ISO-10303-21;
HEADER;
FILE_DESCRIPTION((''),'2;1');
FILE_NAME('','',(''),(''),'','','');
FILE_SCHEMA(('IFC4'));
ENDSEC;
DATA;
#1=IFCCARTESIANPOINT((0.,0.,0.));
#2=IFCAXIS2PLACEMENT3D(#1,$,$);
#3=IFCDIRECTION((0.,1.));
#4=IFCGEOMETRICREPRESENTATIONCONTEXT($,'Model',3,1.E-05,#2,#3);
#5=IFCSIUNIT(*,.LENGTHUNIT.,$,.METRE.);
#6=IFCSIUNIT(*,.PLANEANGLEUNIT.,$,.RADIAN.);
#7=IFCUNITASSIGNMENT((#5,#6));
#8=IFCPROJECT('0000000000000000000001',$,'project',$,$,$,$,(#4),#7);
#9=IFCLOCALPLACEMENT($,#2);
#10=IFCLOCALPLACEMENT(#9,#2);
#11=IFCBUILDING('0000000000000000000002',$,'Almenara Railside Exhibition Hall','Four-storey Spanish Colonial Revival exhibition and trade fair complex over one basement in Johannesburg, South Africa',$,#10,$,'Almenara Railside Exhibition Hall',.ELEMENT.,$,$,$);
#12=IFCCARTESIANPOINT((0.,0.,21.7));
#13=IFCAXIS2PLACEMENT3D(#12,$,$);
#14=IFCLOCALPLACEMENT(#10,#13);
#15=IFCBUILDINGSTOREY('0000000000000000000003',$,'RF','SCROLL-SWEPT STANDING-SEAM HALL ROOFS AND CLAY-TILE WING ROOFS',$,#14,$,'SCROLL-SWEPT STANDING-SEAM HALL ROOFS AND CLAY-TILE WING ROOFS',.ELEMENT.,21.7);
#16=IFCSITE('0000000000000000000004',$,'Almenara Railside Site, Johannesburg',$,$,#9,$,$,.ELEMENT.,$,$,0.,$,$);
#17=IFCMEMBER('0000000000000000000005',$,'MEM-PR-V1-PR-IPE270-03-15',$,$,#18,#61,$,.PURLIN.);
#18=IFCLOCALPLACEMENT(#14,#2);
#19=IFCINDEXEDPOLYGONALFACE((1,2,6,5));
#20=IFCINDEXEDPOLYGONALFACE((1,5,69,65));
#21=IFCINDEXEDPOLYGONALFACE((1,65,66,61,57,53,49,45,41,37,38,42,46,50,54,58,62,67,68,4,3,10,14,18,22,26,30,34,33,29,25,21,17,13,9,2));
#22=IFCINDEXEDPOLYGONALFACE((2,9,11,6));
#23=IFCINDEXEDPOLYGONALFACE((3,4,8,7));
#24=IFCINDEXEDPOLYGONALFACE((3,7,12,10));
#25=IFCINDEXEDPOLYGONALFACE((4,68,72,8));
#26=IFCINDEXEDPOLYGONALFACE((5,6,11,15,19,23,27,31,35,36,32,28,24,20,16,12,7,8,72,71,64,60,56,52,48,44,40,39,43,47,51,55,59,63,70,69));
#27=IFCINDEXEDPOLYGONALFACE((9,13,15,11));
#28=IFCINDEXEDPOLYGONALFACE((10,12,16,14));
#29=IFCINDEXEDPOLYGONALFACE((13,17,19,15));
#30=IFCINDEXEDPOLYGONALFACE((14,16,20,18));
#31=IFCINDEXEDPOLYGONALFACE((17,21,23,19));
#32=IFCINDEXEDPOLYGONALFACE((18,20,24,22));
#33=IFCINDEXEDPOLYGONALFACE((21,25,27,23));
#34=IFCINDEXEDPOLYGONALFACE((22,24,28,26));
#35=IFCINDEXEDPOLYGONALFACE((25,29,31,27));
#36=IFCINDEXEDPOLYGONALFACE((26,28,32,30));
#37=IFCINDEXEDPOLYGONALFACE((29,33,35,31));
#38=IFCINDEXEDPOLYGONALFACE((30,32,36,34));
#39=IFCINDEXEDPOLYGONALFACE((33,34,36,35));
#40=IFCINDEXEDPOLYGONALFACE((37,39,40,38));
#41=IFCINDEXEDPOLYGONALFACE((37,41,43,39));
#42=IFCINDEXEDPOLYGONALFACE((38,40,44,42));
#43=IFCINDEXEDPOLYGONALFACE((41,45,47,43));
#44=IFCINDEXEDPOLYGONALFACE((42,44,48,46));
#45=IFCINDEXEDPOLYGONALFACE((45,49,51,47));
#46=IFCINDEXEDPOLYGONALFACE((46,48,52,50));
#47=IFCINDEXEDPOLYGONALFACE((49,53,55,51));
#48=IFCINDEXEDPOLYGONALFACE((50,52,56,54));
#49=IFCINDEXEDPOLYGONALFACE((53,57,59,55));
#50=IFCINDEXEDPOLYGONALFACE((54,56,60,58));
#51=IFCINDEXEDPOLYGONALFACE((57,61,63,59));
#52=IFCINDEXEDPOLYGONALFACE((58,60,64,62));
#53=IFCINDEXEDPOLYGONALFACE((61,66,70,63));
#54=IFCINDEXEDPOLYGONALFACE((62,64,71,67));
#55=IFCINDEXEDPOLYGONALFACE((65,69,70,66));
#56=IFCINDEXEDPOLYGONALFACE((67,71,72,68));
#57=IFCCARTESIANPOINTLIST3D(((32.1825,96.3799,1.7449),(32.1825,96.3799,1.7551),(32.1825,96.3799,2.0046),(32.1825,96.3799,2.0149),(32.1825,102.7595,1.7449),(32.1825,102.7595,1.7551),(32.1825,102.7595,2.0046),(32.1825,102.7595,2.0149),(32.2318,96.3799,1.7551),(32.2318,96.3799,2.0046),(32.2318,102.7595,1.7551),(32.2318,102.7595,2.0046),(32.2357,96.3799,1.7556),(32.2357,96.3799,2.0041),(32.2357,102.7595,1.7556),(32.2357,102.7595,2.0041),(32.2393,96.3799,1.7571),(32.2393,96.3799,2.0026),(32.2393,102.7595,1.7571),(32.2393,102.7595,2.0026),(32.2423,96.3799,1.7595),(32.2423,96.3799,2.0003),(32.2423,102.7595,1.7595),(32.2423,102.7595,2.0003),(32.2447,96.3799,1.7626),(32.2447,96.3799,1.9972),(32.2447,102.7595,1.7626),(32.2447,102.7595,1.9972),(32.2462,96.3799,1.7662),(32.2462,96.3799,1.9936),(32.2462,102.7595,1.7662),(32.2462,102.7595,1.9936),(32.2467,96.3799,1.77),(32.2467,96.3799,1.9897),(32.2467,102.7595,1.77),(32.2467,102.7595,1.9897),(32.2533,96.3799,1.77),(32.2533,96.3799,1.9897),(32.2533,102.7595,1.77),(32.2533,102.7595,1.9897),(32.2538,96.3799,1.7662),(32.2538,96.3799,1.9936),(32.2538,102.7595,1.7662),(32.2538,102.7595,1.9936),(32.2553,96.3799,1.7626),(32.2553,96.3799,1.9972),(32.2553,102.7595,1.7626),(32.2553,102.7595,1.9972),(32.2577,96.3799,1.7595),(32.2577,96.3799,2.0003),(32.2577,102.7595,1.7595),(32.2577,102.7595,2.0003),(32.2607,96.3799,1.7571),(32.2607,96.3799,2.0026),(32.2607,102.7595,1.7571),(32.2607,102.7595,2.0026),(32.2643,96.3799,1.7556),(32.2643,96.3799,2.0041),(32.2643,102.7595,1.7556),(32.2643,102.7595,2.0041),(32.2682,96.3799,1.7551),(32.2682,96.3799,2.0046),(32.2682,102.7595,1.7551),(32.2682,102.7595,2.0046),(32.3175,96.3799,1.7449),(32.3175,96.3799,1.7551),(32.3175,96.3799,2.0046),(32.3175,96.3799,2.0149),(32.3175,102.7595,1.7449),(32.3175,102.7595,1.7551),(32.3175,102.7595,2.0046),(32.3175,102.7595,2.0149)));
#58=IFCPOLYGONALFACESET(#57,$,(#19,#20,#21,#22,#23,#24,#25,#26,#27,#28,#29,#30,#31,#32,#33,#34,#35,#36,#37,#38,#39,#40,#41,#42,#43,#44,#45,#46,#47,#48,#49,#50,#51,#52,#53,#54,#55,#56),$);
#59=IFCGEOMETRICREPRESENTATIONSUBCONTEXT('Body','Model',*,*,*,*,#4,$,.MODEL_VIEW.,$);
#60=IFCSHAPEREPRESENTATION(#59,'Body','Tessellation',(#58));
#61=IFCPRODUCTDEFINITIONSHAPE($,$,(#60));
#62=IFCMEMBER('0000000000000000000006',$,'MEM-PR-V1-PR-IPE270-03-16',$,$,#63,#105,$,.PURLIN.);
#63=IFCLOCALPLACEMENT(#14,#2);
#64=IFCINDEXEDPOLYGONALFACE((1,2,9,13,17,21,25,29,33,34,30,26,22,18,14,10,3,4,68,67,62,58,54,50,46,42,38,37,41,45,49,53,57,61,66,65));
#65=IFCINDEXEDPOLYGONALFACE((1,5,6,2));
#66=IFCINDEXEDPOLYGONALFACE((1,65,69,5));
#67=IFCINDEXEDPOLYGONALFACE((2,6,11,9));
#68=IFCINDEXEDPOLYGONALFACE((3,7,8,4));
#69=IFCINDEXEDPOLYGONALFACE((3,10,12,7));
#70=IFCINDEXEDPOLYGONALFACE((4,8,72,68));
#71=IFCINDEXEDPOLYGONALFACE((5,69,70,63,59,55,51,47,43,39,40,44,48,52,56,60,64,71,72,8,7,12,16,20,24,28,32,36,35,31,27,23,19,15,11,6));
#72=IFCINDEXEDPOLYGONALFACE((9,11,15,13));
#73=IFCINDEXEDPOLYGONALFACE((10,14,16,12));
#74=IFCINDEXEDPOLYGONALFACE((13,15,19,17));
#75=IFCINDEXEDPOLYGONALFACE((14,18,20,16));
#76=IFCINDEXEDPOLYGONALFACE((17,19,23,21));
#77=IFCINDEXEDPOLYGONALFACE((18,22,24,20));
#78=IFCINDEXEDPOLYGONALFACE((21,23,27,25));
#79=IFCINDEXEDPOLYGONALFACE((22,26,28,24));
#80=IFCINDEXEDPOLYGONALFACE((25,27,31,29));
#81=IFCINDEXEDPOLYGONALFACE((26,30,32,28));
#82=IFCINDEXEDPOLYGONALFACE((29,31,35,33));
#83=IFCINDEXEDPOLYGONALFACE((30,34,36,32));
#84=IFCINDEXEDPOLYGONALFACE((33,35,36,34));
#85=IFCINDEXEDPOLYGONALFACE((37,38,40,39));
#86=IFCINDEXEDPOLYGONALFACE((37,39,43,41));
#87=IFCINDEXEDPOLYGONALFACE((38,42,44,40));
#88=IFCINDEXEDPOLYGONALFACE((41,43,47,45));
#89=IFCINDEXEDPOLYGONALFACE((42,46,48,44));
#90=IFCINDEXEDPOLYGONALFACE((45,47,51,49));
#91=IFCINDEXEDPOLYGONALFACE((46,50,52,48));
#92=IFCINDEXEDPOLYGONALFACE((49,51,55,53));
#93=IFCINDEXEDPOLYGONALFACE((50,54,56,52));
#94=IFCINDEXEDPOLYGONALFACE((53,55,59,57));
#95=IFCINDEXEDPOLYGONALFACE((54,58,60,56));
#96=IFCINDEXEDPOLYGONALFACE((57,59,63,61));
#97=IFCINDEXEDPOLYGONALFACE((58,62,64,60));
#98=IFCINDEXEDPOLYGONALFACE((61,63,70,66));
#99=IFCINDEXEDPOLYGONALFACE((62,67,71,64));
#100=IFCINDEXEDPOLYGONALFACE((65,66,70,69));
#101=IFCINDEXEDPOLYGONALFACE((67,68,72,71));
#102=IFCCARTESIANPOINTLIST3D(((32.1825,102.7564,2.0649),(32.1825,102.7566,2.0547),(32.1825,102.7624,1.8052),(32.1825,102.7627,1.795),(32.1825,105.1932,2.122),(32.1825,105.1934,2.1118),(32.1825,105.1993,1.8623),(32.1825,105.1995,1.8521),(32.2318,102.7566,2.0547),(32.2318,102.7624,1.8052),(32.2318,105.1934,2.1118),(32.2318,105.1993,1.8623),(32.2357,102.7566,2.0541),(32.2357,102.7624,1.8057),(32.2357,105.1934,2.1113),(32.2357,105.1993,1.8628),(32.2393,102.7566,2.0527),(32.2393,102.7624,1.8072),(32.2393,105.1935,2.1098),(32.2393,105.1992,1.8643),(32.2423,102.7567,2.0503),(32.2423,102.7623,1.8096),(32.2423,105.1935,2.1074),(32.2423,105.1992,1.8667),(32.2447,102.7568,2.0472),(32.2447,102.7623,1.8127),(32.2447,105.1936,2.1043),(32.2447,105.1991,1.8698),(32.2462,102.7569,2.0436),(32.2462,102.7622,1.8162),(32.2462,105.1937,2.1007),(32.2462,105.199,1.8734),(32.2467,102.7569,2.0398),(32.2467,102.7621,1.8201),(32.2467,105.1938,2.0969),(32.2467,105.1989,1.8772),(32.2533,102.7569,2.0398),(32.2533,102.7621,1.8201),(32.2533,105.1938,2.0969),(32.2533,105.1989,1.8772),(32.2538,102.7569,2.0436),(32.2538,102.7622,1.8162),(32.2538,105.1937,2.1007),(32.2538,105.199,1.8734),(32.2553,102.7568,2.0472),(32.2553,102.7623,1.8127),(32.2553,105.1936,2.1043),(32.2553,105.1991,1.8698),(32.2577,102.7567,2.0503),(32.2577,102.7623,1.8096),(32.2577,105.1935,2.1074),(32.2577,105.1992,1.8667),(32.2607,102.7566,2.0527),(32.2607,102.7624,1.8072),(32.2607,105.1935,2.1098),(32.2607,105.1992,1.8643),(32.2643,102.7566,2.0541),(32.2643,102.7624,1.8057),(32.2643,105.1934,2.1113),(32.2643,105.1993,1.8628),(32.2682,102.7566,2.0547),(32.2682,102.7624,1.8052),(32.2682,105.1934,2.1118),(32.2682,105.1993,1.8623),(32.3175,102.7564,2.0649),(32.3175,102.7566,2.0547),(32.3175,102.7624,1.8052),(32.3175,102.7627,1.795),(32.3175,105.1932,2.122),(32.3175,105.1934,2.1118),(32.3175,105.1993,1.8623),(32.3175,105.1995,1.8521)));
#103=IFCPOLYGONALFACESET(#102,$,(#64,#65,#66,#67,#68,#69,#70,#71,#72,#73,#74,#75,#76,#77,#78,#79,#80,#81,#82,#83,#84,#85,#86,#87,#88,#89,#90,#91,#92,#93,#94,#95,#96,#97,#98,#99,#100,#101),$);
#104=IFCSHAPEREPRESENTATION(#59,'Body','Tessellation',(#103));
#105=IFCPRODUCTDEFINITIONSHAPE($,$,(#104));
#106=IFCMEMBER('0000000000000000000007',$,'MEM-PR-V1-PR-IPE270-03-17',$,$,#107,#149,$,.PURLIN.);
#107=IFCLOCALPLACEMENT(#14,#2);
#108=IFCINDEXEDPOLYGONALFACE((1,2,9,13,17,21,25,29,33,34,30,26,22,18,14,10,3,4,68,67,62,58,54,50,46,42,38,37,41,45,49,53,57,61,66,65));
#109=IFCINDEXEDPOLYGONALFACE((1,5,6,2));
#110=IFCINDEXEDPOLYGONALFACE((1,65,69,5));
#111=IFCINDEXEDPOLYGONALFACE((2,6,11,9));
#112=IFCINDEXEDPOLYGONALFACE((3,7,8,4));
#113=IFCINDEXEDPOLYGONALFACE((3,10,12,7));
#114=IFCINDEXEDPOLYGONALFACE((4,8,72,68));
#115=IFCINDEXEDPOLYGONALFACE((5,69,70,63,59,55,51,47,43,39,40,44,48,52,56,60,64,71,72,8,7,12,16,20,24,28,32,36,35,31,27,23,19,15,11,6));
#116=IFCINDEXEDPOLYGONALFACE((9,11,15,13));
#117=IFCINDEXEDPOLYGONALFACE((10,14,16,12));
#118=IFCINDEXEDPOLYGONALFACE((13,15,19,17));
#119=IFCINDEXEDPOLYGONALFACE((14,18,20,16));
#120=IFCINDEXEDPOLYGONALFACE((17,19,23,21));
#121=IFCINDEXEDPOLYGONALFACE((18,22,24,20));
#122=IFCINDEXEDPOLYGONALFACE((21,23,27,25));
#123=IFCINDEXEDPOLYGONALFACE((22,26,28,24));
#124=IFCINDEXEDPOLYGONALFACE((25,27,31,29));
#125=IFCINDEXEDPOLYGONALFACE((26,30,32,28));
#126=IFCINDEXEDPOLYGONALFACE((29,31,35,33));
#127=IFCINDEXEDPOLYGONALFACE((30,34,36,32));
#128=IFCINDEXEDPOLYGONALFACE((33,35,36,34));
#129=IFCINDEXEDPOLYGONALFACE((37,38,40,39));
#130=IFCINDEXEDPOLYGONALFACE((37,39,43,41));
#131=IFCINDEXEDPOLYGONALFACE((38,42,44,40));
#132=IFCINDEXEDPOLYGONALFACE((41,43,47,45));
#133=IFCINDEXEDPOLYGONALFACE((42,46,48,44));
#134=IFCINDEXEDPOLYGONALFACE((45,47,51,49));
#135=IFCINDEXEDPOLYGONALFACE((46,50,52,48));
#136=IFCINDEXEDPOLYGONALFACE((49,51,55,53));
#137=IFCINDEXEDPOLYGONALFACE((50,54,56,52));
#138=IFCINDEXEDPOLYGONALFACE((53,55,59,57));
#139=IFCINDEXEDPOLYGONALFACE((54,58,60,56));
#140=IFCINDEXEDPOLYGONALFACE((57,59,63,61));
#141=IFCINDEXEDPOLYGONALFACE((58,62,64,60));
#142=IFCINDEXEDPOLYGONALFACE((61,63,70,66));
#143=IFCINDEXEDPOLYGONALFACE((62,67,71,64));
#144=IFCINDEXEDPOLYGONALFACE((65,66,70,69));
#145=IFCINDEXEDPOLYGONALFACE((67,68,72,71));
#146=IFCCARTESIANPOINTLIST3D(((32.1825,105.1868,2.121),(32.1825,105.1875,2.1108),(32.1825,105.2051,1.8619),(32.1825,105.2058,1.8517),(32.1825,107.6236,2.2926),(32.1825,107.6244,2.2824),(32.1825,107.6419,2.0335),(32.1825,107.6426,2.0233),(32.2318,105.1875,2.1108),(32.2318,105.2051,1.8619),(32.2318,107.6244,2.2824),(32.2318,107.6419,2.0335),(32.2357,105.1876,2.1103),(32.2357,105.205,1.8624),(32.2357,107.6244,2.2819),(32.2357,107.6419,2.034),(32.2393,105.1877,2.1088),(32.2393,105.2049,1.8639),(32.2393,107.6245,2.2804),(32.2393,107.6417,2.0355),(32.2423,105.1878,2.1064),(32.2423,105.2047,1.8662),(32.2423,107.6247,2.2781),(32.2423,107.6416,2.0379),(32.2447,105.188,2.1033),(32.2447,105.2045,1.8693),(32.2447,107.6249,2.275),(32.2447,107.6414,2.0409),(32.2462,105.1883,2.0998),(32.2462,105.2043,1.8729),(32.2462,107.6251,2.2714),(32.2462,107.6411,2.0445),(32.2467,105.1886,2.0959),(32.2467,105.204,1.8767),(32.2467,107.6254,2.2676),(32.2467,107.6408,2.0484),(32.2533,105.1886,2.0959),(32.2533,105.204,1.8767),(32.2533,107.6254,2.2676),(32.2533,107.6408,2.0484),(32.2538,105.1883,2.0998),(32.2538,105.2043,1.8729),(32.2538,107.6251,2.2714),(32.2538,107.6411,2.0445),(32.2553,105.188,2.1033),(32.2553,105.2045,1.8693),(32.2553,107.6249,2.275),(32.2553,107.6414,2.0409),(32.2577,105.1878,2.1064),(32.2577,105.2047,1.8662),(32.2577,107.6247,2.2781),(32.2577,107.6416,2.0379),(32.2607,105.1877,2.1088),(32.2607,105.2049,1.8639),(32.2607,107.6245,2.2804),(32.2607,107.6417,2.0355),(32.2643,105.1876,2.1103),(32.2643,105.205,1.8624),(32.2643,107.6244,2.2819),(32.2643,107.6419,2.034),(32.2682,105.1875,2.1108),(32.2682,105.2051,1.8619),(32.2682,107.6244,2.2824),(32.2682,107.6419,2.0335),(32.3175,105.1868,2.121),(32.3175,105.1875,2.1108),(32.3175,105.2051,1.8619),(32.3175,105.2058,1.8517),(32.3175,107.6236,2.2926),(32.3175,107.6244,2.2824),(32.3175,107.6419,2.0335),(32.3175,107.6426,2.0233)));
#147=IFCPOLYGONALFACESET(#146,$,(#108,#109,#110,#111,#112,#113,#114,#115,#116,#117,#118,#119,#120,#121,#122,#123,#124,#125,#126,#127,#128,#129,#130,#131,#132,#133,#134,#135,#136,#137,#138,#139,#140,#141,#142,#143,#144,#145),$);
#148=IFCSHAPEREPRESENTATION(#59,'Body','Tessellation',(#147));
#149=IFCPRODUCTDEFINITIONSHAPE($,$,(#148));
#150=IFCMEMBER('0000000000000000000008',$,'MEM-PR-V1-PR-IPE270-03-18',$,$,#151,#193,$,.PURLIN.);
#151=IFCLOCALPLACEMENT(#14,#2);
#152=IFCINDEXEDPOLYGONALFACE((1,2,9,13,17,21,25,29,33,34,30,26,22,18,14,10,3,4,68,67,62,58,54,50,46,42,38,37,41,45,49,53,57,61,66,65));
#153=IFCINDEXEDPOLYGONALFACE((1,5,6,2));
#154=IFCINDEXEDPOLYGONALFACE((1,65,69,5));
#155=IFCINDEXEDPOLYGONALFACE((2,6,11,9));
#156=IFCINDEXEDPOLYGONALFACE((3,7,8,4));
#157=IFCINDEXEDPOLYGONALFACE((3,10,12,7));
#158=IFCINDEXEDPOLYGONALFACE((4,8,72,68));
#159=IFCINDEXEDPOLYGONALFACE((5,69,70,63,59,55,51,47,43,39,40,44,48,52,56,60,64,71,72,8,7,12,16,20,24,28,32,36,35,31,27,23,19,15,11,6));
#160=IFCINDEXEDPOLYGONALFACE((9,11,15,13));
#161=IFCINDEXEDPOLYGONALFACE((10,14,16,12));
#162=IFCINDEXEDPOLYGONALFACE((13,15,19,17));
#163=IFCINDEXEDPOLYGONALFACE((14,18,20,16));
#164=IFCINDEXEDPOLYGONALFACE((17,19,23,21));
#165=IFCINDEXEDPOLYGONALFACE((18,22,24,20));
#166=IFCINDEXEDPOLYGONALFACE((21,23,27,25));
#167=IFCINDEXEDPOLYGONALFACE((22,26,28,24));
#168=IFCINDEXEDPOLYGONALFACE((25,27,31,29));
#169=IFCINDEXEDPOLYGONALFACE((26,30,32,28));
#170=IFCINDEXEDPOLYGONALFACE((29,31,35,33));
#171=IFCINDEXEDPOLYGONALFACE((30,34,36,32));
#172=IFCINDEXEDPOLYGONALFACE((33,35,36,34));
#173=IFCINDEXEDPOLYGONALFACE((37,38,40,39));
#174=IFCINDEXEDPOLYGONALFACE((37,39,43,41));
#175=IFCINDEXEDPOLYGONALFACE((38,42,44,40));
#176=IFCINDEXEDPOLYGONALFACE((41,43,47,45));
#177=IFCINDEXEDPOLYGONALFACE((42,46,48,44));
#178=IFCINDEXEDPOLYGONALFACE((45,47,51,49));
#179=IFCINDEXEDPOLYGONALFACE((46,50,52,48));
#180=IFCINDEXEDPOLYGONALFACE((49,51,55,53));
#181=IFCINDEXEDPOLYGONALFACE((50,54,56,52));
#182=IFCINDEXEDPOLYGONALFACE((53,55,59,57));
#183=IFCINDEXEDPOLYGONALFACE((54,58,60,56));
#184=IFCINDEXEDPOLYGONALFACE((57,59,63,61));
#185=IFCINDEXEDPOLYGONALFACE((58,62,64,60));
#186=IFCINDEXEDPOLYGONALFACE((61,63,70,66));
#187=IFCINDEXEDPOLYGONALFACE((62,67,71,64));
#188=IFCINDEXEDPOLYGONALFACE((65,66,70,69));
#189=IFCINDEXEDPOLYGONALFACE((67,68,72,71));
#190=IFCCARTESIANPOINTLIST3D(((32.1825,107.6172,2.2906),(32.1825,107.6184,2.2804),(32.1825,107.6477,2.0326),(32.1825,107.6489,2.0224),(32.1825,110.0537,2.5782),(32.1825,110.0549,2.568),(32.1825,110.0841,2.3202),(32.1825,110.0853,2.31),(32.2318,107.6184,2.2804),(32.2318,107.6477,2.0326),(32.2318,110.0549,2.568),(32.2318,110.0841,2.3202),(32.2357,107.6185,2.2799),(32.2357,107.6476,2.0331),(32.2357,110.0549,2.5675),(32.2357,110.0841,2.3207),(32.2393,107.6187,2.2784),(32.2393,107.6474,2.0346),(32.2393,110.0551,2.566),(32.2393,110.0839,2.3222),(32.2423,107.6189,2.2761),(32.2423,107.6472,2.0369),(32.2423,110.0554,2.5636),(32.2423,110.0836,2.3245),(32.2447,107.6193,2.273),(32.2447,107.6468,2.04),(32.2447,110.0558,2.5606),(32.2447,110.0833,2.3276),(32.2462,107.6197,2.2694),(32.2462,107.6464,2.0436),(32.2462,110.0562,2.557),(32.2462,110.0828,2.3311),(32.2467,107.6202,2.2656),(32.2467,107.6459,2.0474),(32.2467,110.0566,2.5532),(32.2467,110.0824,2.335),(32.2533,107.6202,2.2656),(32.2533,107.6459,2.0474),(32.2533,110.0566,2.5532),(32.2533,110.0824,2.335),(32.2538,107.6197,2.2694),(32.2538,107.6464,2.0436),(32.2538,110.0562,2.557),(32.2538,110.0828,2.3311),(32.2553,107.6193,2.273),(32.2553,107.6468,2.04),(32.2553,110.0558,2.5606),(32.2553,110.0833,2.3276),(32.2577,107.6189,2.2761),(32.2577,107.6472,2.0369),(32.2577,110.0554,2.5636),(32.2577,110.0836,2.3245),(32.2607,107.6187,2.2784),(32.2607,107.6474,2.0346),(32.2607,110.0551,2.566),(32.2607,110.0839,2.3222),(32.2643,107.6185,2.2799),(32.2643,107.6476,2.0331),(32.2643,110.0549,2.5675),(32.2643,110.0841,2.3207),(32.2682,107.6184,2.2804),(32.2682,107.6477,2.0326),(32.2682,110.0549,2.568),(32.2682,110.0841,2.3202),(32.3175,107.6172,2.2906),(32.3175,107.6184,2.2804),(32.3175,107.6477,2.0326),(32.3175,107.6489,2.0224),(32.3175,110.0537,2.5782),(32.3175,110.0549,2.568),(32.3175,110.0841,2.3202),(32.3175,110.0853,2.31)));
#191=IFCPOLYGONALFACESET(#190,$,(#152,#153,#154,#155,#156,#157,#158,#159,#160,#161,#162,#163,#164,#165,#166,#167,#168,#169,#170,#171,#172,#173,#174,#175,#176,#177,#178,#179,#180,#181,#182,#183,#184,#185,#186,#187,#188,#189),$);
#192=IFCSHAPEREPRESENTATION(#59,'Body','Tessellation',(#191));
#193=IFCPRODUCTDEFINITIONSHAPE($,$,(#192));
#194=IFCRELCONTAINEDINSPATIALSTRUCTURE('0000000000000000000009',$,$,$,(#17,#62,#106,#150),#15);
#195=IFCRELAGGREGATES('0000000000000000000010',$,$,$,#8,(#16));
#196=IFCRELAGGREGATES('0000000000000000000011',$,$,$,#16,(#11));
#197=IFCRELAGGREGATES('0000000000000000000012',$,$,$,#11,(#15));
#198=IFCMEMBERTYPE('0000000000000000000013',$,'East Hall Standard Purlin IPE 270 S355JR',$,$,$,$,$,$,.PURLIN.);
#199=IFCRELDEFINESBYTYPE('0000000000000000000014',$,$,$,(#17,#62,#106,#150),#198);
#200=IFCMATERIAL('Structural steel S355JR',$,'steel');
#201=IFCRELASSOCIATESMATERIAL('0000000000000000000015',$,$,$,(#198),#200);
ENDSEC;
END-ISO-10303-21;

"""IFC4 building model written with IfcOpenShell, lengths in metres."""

from ifc_helpers import new_model, si_unit, direction, frame, origin, origin_2d, place, context, subcontext, project, spatial, i_section, extrude, material, material_profile, profile_set, type_object, element, save


model = new_model("IFC4")

# Units and contexts
model_context = context("Model", 3, precision=1e-05, world=origin(), true_north=direction((0.0, 1.0)))
body_context = subcontext(model_context, "Body", "Model", "MODEL_VIEW")
ifc_project = project(units=[si_unit("LENGTHUNIT", "METRE"), si_unit("PLANEANGLEUNIT", "RADIAN")], contexts=[model_context])

# Site, building, storey
site_placement = place(None, origin())
site = spatial("IfcSite", under=ifc_project, at=site_placement, Name="Almenara Railside Site, Johannesburg", CompositionType="ELEMENT", RefElevation=0.0)
building_placement = place(site_placement, origin())
building = spatial("IfcBuilding", under=site, at=building_placement, Name="Almenara Railside Exhibition Hall", Description="Four-storey Spanish Colonial Revival exhibition and trade fair complex over one basement in Johannesburg, South Africa", LongName="Almenara Railside Exhibition Hall", CompositionType="ELEMENT")
storey_placement = place(building_placement, frame((0.0, 0.0, 21.7)))
storey = spatial("IfcBuildingStorey", under=building, at=storey_placement, Name="RF", Description="SCROLL-SWEPT STANDING-SEAM HALL ROOFS AND CLAY-TILE WING ROOFS", LongName="SCROLL-SWEPT STANDING-SEAM HALL ROOFS AND CLAY-TILE WING ROOFS", CompositionType="ELEMENT", Elevation=21.7)

# Members
ifc_material_1 = material(Name="Structural steel S355JR", Category="steel")
ifc_material_profile_1 = material_profile(ifc_material_1, i_section(OverallWidth=0.135, OverallDepth=0.27, WebThickness=0.0066, FlangeThickness=0.0103, FilletRadius=0.0149, at=origin_2d()), Name="IPE 270")
ifc_profile_set_1 = profile_set([ifc_material_profile_1], Name="Structural steel S355JR")
member_type_1 = type_object("IfcMemberType", Name="East Hall Standard Purlin IPE 270 S355JR", PredefinedType="PURLIN", material=ifc_profile_set_1)
member_1_placement = place(storey_placement, frame((32.25, 96.3799, 1.8799), z_axis=(0.0, 1.0, 0.0), x_axis=(-1.0, 0.0, 0.0)))
element("IfcMember", 1, at=member_1_placement, inside=storey, type_object=member_type_1, Name="MEM-PR-V1-PR-IPE270-03-15", PredefinedType="PURLIN", context=body_context, shape_type="SweptSolid", body=[
    extrude(i_section(OverallWidth=0.135, OverallDepth=0.27, WebThickness=0.0066, FlangeThickness=0.0103, FilletRadius=0.0149, at=origin_2d()), origin(), (0.0, 0.0, 1.0), 6.3796),
])
member_2_placement = place(storey_placement, frame((32.25, 102.7595, 1.9299), z_axis=(0.0, 0.999725, 0.023438), x_axis=(-1.0, 0.0, 0.0)))
element("IfcMember", 2, at=member_2_placement, inside=storey, type_object=member_type_1, Name="MEM-PR-V1-PR-IPE270-03-16", PredefinedType="PURLIN", context=body_context, shape_type="SweptSolid", body=[
    extrude(i_section(OverallWidth=0.135, OverallDepth=0.27, WebThickness=0.0066, FlangeThickness=0.0103, FilletRadius=0.0149, at=origin_2d()), origin(), (0.0, 0.0, 1.0), 2.4375),
])
member_3_placement = place(storey_placement, frame((32.25, 105.1963, 1.9863), z_axis=(0.0, 0.997529, 0.07026), x_axis=(-1.0, 0.0, 0.0)))
element("IfcMember", 3, at=member_3_placement, inside=storey, type_object=member_type_1, Name="MEM-PR-V1-PR-IPE270-03-17", PredefinedType="PURLIN", context=body_context, shape_type="SweptSolid", body=[
    extrude(i_section(OverallWidth=0.135, OverallDepth=0.27, WebThickness=0.0066, FlangeThickness=0.0103, FilletRadius=0.0149, at=origin_2d()), origin(), (0.0, 0.0, 1.0), 2.4429),
])
member_4_placement = place(storey_placement, frame((32.25, 107.6331, 2.1565), z_axis=(0.0, 0.993106, 0.117222), x_axis=(-1.0, 0.0, 0.0)))
element("IfcMember", 4, at=member_4_placement, inside=storey, type_object=member_type_1, Name="MEM-PR-V1-PR-IPE270-03-18", PredefinedType="PURLIN", context=body_context, shape_type="SweptSolid", body=[
    extrude(i_section(OverallWidth=0.135, OverallDepth=0.27, WebThickness=0.0066, FlangeThickness=0.0103, FilletRadius=0.0149, at=origin_2d()), origin(), (0.0, 0.0, 1.0), 2.4534),
])

save(model, "model.ifc")
